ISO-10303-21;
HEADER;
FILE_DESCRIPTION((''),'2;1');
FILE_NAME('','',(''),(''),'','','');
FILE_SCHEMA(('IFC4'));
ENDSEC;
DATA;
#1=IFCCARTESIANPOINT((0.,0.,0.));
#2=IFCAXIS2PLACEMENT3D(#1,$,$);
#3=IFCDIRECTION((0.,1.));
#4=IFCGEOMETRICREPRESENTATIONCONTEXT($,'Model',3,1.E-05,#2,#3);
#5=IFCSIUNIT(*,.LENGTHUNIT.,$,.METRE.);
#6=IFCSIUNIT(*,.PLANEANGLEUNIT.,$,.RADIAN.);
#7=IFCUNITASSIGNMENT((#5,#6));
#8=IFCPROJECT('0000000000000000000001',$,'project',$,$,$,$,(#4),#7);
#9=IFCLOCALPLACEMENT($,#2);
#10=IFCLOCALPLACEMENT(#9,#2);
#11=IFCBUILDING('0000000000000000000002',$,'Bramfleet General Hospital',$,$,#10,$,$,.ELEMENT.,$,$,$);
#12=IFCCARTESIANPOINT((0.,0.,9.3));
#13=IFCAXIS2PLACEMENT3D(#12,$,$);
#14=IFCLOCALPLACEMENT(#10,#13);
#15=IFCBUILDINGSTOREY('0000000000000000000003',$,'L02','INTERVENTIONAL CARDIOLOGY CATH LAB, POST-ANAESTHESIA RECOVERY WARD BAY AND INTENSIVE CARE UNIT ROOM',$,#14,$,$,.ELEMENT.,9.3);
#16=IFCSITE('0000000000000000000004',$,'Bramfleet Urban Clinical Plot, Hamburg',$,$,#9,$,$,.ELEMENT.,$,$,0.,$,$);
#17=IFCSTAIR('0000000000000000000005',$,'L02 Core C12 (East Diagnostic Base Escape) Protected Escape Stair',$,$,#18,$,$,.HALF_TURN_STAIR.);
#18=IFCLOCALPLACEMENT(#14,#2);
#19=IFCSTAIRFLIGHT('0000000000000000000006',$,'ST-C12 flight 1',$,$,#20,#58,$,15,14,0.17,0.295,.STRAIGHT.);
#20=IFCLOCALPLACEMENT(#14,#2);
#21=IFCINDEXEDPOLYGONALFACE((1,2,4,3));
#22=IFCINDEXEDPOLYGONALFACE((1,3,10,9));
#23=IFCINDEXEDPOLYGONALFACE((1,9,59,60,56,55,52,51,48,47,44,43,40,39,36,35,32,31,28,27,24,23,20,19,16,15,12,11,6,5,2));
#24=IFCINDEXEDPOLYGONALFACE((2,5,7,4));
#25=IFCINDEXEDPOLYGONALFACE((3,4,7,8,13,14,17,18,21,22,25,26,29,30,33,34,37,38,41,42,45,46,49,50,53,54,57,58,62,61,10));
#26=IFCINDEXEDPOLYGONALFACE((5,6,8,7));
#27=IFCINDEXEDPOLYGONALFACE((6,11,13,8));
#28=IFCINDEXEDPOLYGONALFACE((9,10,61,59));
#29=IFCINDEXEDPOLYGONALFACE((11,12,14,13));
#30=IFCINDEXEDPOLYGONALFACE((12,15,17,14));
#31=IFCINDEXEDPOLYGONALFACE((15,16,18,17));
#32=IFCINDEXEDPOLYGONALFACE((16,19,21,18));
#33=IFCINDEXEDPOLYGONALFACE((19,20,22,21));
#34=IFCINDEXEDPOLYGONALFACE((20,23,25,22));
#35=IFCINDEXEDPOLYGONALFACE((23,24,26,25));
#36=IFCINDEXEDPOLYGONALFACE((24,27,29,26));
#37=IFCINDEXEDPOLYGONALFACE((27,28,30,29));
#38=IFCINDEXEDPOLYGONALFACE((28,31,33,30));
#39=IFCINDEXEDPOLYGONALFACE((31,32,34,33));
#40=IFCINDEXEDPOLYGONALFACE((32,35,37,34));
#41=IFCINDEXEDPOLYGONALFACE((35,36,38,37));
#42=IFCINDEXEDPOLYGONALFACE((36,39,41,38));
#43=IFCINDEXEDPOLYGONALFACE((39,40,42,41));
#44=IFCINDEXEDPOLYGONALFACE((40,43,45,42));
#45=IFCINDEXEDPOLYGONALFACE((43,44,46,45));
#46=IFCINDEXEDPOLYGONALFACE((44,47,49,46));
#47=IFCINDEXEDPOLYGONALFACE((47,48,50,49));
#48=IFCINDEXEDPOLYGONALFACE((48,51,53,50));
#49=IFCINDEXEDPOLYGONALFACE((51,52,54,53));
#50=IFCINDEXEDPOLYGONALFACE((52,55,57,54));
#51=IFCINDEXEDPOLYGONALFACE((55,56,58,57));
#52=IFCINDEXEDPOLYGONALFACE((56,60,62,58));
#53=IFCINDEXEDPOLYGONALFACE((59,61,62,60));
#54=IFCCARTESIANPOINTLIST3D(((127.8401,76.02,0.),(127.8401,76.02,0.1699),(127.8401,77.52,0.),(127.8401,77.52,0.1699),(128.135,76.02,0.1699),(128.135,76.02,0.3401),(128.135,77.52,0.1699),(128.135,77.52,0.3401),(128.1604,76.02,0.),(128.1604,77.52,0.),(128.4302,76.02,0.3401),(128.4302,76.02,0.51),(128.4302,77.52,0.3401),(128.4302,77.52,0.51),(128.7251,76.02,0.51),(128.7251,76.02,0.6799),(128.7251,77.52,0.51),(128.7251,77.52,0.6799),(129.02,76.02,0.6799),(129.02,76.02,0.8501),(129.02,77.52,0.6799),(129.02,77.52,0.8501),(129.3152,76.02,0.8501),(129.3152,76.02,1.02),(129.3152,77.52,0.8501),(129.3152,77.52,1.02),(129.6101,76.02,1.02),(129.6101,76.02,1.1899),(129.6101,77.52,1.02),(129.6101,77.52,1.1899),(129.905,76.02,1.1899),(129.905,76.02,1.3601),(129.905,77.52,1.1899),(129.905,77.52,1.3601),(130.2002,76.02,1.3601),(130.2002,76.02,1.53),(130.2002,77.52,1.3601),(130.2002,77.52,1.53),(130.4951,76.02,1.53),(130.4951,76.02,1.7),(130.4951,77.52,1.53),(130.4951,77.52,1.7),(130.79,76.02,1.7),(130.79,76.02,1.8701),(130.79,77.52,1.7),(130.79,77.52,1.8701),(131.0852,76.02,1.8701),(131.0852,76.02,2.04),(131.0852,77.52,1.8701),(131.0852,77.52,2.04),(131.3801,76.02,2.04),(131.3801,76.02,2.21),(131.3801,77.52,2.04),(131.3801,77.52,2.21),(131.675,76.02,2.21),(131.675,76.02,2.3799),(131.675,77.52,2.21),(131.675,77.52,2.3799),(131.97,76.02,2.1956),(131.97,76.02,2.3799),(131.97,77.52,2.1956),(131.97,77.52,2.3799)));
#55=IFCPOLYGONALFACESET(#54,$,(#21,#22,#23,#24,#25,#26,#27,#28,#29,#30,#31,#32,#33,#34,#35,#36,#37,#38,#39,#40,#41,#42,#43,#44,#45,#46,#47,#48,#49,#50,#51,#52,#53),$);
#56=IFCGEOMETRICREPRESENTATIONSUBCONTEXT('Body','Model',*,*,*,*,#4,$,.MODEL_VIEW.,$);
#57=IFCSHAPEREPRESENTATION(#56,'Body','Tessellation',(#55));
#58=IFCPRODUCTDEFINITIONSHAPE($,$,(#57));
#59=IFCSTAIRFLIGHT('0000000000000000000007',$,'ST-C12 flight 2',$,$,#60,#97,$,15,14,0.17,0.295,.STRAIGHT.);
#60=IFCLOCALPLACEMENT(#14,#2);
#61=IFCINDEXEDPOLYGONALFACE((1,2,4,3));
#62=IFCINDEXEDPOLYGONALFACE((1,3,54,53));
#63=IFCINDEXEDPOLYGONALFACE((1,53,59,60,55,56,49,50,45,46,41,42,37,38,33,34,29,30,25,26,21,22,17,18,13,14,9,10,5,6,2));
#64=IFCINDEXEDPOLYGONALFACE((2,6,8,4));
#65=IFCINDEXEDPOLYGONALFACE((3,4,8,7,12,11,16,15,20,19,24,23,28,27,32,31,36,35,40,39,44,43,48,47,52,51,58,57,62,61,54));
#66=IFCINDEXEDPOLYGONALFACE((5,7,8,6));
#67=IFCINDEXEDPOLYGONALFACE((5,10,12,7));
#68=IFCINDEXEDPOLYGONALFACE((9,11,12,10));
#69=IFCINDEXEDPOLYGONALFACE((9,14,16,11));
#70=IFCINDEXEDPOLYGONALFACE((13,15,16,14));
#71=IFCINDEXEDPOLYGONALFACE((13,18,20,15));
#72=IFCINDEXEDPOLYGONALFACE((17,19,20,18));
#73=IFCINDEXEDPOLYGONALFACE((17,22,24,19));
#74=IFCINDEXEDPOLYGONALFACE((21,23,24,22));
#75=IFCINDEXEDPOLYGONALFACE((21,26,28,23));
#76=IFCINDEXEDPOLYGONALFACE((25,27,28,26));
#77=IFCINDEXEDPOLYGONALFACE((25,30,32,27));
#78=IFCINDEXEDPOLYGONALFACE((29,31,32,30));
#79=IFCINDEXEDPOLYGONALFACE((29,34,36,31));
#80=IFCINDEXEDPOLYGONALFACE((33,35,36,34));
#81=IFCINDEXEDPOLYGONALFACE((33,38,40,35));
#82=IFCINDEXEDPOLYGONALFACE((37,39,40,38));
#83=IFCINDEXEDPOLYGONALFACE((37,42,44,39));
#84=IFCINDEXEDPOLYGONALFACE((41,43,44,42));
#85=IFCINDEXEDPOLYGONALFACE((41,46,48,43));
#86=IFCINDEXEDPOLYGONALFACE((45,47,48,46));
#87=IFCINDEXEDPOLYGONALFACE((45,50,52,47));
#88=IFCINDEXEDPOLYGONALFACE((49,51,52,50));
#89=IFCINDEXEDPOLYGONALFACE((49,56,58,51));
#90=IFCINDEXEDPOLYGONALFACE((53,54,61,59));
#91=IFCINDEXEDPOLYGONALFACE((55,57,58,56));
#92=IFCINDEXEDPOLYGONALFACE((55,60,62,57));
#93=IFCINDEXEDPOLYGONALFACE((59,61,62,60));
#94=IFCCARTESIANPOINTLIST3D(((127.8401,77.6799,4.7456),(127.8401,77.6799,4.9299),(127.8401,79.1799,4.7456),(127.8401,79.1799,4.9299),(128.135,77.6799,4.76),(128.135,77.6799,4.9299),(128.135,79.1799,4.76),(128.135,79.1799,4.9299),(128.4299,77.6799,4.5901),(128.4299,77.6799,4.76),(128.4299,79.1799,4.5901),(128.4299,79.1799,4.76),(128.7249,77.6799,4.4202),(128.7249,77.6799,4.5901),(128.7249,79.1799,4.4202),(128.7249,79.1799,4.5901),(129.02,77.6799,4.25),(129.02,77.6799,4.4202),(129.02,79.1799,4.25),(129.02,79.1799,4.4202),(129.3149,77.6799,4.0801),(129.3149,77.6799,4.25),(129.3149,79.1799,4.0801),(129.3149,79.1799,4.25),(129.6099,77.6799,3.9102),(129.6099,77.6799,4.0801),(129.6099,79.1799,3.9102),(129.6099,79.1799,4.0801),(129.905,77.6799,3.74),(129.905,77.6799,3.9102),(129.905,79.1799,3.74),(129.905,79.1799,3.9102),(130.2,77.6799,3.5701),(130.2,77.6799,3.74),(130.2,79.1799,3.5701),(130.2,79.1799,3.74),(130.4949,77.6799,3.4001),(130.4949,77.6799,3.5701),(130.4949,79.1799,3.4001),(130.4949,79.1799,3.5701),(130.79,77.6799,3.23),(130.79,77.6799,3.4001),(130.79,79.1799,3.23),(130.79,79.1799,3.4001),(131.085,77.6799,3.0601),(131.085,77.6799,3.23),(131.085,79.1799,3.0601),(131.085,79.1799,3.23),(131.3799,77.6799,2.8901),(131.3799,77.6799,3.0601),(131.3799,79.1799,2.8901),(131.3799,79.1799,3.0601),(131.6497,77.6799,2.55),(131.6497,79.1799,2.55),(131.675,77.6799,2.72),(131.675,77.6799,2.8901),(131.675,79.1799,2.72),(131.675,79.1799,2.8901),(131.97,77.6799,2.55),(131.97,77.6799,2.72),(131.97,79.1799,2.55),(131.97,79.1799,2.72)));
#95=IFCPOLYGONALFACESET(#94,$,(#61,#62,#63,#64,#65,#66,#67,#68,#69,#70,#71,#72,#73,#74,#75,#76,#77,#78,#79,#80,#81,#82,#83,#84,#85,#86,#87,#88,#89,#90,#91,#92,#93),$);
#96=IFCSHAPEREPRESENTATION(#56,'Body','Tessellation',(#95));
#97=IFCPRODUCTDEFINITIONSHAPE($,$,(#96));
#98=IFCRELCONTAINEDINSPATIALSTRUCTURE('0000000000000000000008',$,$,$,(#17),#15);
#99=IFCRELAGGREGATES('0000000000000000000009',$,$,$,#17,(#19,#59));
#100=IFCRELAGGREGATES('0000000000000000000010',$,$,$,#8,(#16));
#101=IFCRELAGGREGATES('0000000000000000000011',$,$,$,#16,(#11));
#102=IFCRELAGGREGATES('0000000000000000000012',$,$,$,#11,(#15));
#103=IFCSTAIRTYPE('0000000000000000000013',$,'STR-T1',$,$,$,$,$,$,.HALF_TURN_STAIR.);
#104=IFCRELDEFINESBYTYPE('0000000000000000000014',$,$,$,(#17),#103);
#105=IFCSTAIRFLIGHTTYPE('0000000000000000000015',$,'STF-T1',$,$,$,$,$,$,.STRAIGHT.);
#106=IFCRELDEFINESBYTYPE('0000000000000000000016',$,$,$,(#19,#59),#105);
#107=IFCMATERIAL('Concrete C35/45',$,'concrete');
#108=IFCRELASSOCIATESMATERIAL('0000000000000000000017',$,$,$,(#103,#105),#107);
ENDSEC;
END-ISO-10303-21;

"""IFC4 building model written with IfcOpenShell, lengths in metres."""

from ifc_helpers import new_model, si_unit, direction, frame, origin, place, context, subcontext, project, spatial, polyline, outline, extrude, material, type_object, element, aggregate, save


model = new_model("IFC4")

# Units and contexts
model_context = context("Model", 3, precision=1e-05, world=origin(), true_north=direction((0.0, 1.0)))
body_context = subcontext(model_context, "Body", "Model", "MODEL_VIEW")
ifc_project = project(units=[si_unit("LENGTHUNIT", "METRE"), si_unit("PLANEANGLEUNIT", "RADIAN")], contexts=[model_context])

# Site, building, storey
site_placement = place(None, origin())
site = spatial("IfcSite", under=ifc_project, at=site_placement, Name="Bramfleet Urban Clinical Plot, Hamburg", CompositionType="ELEMENT", RefElevation=0.0)
building_placement = place(site_placement, origin())
building = spatial("IfcBuilding", under=site, at=building_placement, Name="Bramfleet General Hospital", CompositionType="ELEMENT")
storey_placement = place(building_placement, frame((0.0, 0.0, 9.3)))
storey = spatial("IfcBuildingStorey", under=building, at=storey_placement, Name="L02", Description="INTERVENTIONAL CARDIOLOGY CATH LAB, POST-ANAESTHESIA RECOVERY WARD BAY AND INTENSIVE CARE UNIT ROOM", CompositionType="ELEMENT", Elevation=9.3)

# Shared definitions
ifc_material_1 = material(Name="Concrete C35/45", Category="concrete")

# Stair, stair flights
stair_type = type_object("IfcStairType", Name="STR-T1", PredefinedType="HALF_TURN_STAIR", material=ifc_material_1)
stair_placement = place(storey_placement, origin())
stair = element("IfcStair", 1, at=stair_placement, inside=storey, type_object=stair_type, Name="L02 Core C12 (East Diagnostic Base Escape) Protected Escape Stair", PredefinedType="HALF_TURN_STAIR")
stair_flight_type = type_object("IfcStairFlightType", Name="STF-T1", PredefinedType="STRAIGHT", material=ifc_material_1)
stair_flight_1_placement = place(storey_placement, frame((127.8401, 76.77, 0.0), z_axis=(0.0, 0.0, 1.0), x_axis=(1.0, 0.0, 0.0)))
stair_flight_1 = element("IfcStairFlight", 2, at=stair_flight_1_placement, type_object=stair_flight_type, Name="ST-C12 flight 1", NumberOfRisers=15, NumberOfTreads=14, PredefinedType="STRAIGHT", RiserHeight=0.17, TreadLength=0.295, context=body_context, shape_type="SweptSolid", body=[
    extrude(outline(polyline([(0.0, 0.0), (0.0, 0.1699), (0.2949, 0.1699), (0.2949, 0.3401), (0.5901, 0.3401), (0.5901, 0.51), (0.885, 0.51), (0.885, 0.6799), (1.1799, 0.6799), (1.1799, 0.8501), (1.4751, 0.8501), (1.4751, 1.02), (1.77, 1.02), (1.77, 1.1899), (2.0649, 1.1899), (2.0649, 1.3601), (2.3601, 1.3601), (2.3601, 1.53), (2.655, 1.53), (2.655, 1.7), (2.95, 1.7), (2.95, 1.8701), (3.2451, 1.8701), (3.2451, 2.04), (3.54, 2.04), (3.54, 2.21), (3.835, 2.21), (3.835, 2.3799), (4.1299, 2.3799), (4.1299, 2.55), (4.1299, 2.1956), (0.3203, 0.0), (0.0, 0.0)])), frame((0.0, 0.75, 0.0), z_axis=(0.0, -1.0, 0.0), x_axis=(1.0, 0.0, 0.0)), (0.0, 0.0, 1.0), 1.5),
])
stair_flight_2_placement = place(storey_placement, frame((131.97, 78.4299, 2.55), z_axis=(0.0, 0.0, 1.0), x_axis=(-1.0, 0.0, 0.0)))
stair_flight_2 = element("IfcStairFlight", 3, at=stair_flight_2_placement, type_object=stair_flight_type, Name="ST-C12 flight 2", NumberOfRisers=15, NumberOfTreads=14, PredefinedType="STRAIGHT", RiserHeight=0.17, TreadLength=0.295, context=body_context, shape_type="SweptSolid", body=[
    extrude(outline(polyline([(0.0, 0.0), (0.0, 0.1699), (0.2949, 0.1699), (0.2949, 0.3401), (0.5901, 0.3401), (0.5901, 0.51), (0.885, 0.51), (0.885, 0.6799), (1.1799, 0.6799), (1.1799, 0.8501), (1.4751, 0.8501), (1.4751, 1.02), (1.77, 1.02), (1.77, 1.1899), (2.0649, 1.1899), (2.0649, 1.3601), (2.3601, 1.3601), (2.3601, 1.53), (2.655, 1.53), (2.655, 1.7), (2.95, 1.7), (2.95, 1.8701), (3.2451, 1.8701), (3.2451, 2.04), (3.54, 2.04), (3.54, 2.21), (3.835, 2.21), (3.835, 2.3799), (4.1299, 2.3799), (4.1299, 2.55), (4.1299, 2.1956), (0.3203, 0.0), (0.0, 0.0)])), frame((0.0, 0.75, 0.0), z_axis=(0.0, -1.0, 0.0), x_axis=(1.0, 0.0, 0.0)), (0.0, 0.0, 1.0), 1.5),
])
aggregate(stair, [stair_flight_1, stair_flight_2])

save(model, "model.ifc")
